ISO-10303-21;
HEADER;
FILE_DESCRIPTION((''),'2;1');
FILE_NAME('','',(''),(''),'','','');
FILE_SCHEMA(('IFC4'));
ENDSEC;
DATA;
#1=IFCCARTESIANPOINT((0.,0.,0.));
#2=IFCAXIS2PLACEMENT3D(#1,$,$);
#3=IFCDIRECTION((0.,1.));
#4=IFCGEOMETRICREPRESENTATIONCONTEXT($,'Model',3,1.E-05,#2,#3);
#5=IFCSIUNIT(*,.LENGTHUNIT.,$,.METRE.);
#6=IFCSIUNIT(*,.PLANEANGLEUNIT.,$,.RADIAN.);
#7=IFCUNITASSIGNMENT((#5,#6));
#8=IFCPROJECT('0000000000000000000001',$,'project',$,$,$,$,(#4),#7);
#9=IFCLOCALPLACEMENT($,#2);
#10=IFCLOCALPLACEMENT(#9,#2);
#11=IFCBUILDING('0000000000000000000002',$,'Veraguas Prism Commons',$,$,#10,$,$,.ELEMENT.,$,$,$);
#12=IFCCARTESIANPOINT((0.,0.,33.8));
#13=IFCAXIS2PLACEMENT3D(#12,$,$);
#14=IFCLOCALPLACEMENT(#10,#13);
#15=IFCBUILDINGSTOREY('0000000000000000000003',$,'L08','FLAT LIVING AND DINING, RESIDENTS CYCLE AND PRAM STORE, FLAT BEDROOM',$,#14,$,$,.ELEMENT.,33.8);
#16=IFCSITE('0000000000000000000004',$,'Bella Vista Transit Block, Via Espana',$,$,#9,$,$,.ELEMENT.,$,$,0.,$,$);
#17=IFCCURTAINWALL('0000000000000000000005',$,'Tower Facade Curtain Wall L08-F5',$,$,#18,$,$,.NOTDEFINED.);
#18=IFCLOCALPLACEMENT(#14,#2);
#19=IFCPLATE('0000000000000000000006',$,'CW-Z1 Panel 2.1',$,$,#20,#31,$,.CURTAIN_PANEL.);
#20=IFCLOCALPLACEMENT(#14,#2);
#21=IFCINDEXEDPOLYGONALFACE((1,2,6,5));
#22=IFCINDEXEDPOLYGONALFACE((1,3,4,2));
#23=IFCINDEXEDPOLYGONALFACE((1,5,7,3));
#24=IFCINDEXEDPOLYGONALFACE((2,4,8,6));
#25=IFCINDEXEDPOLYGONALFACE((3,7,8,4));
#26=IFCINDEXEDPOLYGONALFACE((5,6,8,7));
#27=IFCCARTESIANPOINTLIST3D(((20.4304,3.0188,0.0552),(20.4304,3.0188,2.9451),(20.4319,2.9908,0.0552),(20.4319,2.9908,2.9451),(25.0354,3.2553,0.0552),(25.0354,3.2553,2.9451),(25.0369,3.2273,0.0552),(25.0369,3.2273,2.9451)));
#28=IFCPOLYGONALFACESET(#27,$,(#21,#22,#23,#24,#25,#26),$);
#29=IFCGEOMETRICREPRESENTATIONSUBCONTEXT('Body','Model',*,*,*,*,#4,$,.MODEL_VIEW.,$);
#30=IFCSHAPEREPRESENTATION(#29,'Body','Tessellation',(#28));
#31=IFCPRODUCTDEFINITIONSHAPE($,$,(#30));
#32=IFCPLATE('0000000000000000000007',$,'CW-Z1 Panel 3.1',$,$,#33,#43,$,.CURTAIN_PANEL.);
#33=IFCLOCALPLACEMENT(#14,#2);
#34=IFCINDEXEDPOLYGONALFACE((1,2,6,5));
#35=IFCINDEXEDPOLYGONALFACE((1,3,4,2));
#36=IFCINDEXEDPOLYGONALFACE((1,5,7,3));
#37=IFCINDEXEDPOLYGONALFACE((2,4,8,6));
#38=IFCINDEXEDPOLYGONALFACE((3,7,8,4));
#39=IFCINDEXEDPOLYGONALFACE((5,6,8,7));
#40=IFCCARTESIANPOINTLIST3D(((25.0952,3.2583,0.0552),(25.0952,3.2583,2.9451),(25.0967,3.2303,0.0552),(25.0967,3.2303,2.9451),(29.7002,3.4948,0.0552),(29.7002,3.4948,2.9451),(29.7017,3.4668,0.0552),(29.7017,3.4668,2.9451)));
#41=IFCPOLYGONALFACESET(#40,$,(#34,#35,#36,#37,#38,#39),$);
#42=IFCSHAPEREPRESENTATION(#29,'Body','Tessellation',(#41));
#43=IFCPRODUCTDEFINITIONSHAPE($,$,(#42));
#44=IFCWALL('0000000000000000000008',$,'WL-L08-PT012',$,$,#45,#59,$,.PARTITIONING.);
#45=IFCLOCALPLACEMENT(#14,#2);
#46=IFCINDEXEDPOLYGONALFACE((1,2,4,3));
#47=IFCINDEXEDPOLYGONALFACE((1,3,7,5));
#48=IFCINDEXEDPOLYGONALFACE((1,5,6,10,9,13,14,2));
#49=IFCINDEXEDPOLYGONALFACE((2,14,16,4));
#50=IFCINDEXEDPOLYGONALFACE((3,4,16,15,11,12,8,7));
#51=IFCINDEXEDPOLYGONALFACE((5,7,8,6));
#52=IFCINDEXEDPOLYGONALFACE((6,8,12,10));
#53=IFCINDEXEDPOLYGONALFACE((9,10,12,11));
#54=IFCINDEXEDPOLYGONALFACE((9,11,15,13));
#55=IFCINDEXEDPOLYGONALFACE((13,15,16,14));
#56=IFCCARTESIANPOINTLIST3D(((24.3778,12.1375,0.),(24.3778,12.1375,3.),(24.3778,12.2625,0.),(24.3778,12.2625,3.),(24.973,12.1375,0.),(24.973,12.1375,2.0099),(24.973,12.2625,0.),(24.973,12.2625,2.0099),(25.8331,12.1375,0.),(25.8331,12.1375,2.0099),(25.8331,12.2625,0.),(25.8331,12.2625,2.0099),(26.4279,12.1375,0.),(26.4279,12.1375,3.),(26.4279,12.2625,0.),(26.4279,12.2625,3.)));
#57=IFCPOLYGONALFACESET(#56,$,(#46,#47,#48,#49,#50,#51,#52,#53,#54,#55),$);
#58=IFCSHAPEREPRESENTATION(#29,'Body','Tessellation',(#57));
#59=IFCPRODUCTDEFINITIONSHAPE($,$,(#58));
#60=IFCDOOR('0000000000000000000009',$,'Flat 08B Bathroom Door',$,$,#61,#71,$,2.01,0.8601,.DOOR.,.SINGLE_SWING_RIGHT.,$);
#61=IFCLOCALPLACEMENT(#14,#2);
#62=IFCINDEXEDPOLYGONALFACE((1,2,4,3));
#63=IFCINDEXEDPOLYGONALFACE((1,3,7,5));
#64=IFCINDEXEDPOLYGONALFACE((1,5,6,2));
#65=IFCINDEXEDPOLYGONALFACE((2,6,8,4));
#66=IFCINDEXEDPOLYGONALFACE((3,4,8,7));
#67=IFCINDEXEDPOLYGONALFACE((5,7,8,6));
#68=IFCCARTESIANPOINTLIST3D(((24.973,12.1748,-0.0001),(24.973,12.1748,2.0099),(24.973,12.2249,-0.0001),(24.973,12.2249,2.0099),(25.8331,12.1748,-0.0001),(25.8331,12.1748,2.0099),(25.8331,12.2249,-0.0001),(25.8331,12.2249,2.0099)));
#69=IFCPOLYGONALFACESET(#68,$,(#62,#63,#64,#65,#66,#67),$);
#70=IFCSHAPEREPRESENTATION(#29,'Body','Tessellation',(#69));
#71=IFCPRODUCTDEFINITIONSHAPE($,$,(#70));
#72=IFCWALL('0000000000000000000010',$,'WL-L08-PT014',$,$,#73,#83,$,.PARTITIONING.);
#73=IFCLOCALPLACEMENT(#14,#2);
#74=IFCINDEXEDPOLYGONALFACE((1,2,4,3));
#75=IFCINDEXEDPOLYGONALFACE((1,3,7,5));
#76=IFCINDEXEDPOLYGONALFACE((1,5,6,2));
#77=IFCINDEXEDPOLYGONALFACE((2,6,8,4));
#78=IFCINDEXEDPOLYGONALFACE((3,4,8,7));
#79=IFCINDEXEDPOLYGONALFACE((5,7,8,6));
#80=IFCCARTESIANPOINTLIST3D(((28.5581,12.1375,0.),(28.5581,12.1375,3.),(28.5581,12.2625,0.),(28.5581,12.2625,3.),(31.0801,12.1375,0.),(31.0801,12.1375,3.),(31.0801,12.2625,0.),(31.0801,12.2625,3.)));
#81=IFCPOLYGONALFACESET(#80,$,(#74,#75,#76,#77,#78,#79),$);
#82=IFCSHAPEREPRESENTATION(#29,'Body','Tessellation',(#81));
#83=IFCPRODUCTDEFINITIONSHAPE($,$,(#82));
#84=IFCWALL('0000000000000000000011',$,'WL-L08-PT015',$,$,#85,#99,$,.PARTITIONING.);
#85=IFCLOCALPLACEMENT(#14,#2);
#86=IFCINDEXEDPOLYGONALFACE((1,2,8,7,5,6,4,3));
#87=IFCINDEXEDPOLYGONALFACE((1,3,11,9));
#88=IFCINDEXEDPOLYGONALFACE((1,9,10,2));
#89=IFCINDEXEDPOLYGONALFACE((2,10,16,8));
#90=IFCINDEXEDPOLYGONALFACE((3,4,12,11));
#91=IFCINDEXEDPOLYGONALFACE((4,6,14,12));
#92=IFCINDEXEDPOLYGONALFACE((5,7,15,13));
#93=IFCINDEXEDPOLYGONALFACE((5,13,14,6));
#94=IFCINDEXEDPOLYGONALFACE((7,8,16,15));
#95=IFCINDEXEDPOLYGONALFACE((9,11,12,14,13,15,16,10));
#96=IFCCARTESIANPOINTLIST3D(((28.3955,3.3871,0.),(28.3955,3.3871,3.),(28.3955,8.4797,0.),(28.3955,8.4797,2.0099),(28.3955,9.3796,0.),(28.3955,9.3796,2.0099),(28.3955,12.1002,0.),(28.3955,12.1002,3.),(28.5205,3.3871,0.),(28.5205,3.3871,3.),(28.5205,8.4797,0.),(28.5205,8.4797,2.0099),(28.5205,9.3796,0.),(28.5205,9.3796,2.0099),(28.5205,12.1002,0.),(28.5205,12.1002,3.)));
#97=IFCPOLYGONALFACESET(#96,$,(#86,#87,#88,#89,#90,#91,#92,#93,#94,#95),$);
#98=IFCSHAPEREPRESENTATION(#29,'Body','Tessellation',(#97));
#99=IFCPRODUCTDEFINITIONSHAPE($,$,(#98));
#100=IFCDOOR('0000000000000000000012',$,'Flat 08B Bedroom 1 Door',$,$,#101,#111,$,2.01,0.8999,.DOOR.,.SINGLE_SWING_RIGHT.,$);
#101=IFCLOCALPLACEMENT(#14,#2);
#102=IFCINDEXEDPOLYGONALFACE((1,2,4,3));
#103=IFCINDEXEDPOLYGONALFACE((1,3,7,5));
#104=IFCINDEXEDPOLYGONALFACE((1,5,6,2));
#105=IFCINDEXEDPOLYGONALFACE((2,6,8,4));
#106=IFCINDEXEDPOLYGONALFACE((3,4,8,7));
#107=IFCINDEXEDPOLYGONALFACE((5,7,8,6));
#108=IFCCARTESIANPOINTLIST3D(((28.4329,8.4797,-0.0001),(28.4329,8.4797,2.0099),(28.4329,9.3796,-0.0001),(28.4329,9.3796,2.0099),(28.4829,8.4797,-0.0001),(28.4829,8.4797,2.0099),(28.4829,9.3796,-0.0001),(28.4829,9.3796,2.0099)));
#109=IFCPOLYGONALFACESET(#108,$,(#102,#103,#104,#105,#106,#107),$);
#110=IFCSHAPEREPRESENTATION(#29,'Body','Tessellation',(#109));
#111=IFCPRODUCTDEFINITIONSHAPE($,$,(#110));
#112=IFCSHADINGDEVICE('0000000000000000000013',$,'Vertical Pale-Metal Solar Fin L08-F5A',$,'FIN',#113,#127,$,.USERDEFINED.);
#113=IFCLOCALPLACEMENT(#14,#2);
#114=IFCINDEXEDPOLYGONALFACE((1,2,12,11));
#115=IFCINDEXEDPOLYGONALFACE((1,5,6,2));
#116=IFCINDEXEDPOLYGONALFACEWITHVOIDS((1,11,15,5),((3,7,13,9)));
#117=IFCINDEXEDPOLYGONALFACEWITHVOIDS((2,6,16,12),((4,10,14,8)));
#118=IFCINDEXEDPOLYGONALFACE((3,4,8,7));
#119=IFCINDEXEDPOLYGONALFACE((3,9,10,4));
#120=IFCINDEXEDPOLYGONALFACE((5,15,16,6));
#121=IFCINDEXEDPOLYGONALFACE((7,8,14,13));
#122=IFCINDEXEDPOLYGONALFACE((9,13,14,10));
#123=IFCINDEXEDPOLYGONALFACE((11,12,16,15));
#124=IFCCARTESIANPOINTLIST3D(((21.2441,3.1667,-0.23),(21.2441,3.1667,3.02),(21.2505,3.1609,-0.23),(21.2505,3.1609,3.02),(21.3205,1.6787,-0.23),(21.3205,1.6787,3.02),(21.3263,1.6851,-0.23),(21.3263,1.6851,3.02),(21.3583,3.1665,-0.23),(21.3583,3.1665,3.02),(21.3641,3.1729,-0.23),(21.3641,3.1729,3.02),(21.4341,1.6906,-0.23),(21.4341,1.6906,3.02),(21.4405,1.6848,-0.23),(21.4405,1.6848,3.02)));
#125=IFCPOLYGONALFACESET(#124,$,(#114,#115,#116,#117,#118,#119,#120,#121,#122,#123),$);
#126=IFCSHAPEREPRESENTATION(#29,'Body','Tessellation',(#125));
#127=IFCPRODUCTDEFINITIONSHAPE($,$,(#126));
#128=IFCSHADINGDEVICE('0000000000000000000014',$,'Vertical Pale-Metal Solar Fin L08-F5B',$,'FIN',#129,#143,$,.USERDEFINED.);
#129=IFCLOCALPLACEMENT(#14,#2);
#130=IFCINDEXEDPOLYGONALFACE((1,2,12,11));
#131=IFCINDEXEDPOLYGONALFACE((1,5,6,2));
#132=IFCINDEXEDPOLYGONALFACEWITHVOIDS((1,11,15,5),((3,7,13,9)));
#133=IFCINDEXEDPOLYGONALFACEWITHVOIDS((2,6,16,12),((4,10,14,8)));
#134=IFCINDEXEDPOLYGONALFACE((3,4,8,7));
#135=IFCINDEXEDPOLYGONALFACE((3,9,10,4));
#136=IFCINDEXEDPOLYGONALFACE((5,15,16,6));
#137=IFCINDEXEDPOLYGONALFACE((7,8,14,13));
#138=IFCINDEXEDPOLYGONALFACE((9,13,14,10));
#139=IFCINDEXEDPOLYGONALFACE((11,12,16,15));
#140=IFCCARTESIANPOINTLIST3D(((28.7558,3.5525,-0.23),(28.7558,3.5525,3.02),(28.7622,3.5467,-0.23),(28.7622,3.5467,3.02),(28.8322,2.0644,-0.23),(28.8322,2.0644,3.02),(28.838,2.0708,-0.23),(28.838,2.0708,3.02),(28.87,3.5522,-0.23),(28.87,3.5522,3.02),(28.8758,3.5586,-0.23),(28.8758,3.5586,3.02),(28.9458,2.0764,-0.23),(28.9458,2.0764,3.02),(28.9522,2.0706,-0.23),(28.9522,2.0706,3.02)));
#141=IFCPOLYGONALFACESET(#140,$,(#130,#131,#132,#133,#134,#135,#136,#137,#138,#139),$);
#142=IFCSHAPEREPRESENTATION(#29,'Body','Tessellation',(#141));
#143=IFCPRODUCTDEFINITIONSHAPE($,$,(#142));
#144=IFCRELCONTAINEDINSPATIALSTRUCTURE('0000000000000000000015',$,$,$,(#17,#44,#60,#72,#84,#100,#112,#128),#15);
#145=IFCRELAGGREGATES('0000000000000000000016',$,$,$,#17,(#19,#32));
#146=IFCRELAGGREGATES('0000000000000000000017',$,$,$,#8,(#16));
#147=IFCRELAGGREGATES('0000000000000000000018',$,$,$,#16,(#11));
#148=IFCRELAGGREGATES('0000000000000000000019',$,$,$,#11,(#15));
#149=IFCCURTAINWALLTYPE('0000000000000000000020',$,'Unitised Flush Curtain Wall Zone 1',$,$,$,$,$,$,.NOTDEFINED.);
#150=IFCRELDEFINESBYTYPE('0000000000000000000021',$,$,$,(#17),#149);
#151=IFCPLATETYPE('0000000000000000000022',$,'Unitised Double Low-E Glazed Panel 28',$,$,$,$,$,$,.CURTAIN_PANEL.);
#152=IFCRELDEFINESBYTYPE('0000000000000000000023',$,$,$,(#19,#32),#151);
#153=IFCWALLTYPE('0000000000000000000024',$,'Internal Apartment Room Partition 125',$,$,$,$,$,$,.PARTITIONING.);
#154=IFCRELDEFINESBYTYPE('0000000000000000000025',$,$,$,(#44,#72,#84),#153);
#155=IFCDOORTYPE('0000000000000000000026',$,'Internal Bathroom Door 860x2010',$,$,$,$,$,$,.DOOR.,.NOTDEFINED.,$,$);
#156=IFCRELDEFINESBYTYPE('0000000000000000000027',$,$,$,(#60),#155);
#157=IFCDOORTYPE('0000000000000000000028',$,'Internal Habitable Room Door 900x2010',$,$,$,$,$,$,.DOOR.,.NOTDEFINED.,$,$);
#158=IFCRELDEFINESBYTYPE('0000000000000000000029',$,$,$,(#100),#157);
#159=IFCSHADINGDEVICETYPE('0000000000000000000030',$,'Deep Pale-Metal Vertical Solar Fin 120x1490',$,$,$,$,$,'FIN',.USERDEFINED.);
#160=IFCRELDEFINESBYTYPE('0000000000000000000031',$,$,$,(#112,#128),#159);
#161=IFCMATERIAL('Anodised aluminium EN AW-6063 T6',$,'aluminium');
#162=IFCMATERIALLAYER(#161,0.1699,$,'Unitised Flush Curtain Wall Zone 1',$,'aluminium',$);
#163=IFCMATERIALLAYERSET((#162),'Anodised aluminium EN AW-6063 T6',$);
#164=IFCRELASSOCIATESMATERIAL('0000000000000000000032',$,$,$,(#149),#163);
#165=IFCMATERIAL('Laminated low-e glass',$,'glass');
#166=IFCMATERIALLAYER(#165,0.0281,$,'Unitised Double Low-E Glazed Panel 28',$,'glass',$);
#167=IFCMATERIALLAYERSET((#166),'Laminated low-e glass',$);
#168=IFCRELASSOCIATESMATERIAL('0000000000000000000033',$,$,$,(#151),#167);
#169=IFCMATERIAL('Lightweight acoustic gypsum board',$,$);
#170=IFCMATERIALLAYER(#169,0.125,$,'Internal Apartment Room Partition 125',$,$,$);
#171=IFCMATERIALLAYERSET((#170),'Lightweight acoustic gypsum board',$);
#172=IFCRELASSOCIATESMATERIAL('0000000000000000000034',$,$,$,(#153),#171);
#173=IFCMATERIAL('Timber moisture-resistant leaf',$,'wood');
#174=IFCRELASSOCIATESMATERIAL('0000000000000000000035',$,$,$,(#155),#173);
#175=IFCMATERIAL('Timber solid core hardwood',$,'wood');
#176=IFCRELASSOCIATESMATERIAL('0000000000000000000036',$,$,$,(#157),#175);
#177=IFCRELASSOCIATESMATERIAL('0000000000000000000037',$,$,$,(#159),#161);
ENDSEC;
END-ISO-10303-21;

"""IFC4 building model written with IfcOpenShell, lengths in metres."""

from ifc_helpers import new_model, si_unit, direction, frame, frame_2d, origin, origin_2d, place, context, subcontext, project, spatial, rectangle, hollow_rectangle, extrude, source, transform, mapped, material, layer, layer_set, material_profile, profile_set, type_object, element, fill, aggregate, save


model = new_model("IFC4")

# Units and contexts
model_context = context("Model", 3, precision=1e-05, world=origin(), true_north=direction((0.0, 1.0)))
body_context = subcontext(model_context, "Body", "Model", "MODEL_VIEW")
ifc_project = project(units=[si_unit("LENGTHUNIT", "METRE"), si_unit("PLANEANGLEUNIT", "RADIAN")], contexts=[model_context])

# Site, building, storey
site_placement = place(None, origin())
site = spatial("IfcSite", under=ifc_project, at=site_placement, Name="Bella Vista Transit Block, Via Espana", CompositionType="ELEMENT", RefElevation=0.0)
building_placement = place(site_placement, origin())
building = spatial("IfcBuilding", under=site, at=building_placement, Name="Veraguas Prism Commons", CompositionType="ELEMENT")
storey_placement = place(building_placement, frame((0.0, 0.0, 33.8)))
storey = spatial("IfcBuildingStorey", under=building, at=storey_placement, Name="L08", Description="FLAT LIVING AND DINING, RESIDENTS CYCLE AND PRAM STORE, FLAT BEDROOM", CompositionType="ELEMENT", Elevation=33.8)

# Curtain wall, plates
ifc_material_1 = material(Name="Anodised aluminium EN AW-6063 T6", Category="aluminium")
ifc_layer_1 = layer(ifc_material_1, 0.1699, Name="Unitised Flush Curtain Wall Zone 1", Category="aluminium")
ifc_layer_set_1 = layer_set([ifc_layer_1], Name="Anodised aluminium EN AW-6063 T6")
curtain_wall_type = type_object("IfcCurtainWallType", Name="Unitised Flush Curtain Wall Zone 1", PredefinedType="NOTDEFINED", material=ifc_layer_set_1)
curtain_wall_placement = place(storey_placement, origin())
curtain_wall = element("IfcCurtainWall", 1, at=curtain_wall_placement, inside=storey, type_object=curtain_wall_type, Name="Tower Facade Curtain Wall L08-F5", PredefinedType="NOTDEFINED")
ifc_material_2 = material(Name="Laminated low-e glass", Category="glass")
ifc_layer_2 = layer(ifc_material_2, 0.0281, Name="Unitised Double Low-E Glazed Panel 28", Category="glass")
ifc_layer_set_2 = layer_set([ifc_layer_2], Name="Laminated low-e glass")
plate_type = type_object("IfcPlateType", Name="Unitised Double Low-E Glazed Panel 28", PredefinedType="CURTAIN_PANEL", material=ifc_layer_set_2)
shared_shape_1 = source(origin(), body_context, "Body", "SweptSolid", [
    extrude(rectangle(XDim=4.6111, YDim=0.0281, at=origin_2d()), origin(), (0.0, 0.0, 1.0), 2.8899),
])
plate_1_placement = place(storey_placement, frame((22.7336, 3.123, 0.0552), z_axis=(0.0, 0.0, 1.0), x_axis=(0.998684, 0.05129, 0.0)))
plate_1 = element("IfcPlate", 2, at=plate_1_placement, type_object=plate_type, Name="CW-Z1 Panel 2.1", PredefinedType="CURTAIN_PANEL", context=body_context, shape_type="MappedRepresentation", body=[
    mapped(shared_shape_1, transform((0.0, 0.0, 0.0), scale=1.0)),
])
plate_2_placement = place(storey_placement, frame((27.3984, 3.3625, 0.0552), z_axis=(0.0, 0.0, 1.0), x_axis=(0.998684, 0.05129, 0.0)))
plate_2 = element("IfcPlate", 3, at=plate_2_placement, type_object=plate_type, Name="CW-Z1 Panel 3.1", PredefinedType="CURTAIN_PANEL", context=body_context, shape_type="MappedRepresentation", body=[
    mapped(shared_shape_1, transform((0.0, 0.0, 0.0), scale=1.0)),
])
aggregate(curtain_wall, [plate_1, plate_2])

# Wall, opening, door
ifc_material_3 = material(Name="Lightweight acoustic gypsum board")
ifc_layer_3 = layer(ifc_material_3, 0.125, Name="Internal Apartment Room Partition 125")
ifc_layer_set_3 = layer_set([ifc_layer_3], Name="Lightweight acoustic gypsum board")
wall_type = type_object("IfcWallType", Name="Internal Apartment Room Partition 125", PredefinedType="PARTITIONING", material=ifc_layer_set_3)
wall_1_placement = place(storey_placement, frame((24.3779, 12.2, 0.0), z_axis=(0.0, 0.0, 1.0), x_axis=(1.0, 0.0, 0.0)))
wall_1 = element("IfcWall", 4, at=wall_1_placement, inside=storey, type_object=wall_type, Name="WL-L08-PT012", PredefinedType="PARTITIONING", context=body_context, shape_type="SweptSolid", body=[
    extrude(rectangle(XDim=2.05, YDim=0.125, at=frame_2d((1.0249, 0.0))), origin(), (0.0, 0.0, 1.0), 3.0),
])
opening_1_placement = place(wall_1_placement, frame((0.595, 0.0, 0.0)))
opening_1 = element("IfcOpeningElement", 5, at=opening_1_placement, cuts=wall_1, PredefinedType="OPENING", context=body_context, shape_type="SweptSolid", body=[
    extrude(rectangle(XDim=0.8601, YDim=2.01, at=frame_2d((0.4302, 1.0049))), frame((0.0, 0.0725, 0.0), z_axis=(0.0, -1.0, 0.0), x_axis=(1.0, 0.0, 0.0)), (0.0, 0.0, 1.0), 0.145),
])
ifc_material_4 = material(Name="Timber moisture-resistant leaf", Category="wood")
door_type_1 = type_object("IfcDoorType", Name="Internal Bathroom Door 860x2010", OperationType="NOTDEFINED", PredefinedType="DOOR", material=ifc_material_4)
shared_shape_2 = source(origin(), body_context, "Body", "SweptSolid", [
    extrude(rectangle(XDim=0.8601, YDim=2.01, at=frame_2d((0.4302, 1.0049))), frame((0.0, 0.0249, 0.0), z_axis=(0.0, -1.0, 0.0), x_axis=(1.0, 0.0, 0.0)), (0.0, 0.0, 1.0), 0.05),
])
door_1_placement = place(opening_1_placement, origin())
door_1 = element("IfcDoor", 6, at=door_1_placement, inside=storey, type_object=door_type_1, Name="Flat 08B Bathroom Door", OperationType="SINGLE_SWING_RIGHT", OverallHeight=2.01, OverallWidth=0.8601, PredefinedType="DOOR", context=body_context, shape_type="MappedRepresentation", body=[
    mapped(shared_shape_2, transform((0.0, 0.0, 0.0), scale=1.0)),
])
fill(opening_1, door_1)

# Wall
wall_2_placement = place(storey_placement, frame((28.5581, 12.2, 0.0), z_axis=(0.0, 0.0, 1.0), x_axis=(1.0, 0.0, 0.0)))
element("IfcWall", 7, at=wall_2_placement, inside=storey, type_object=wall_type, Name="WL-L08-PT014", PredefinedType="PARTITIONING", context=body_context, shape_type="SweptSolid", body=[
    extrude(rectangle(XDim=2.522, YDim=0.125, at=frame_2d((1.261, 0.0))), origin(), (0.0, 0.0, 1.0), 3.0),
])

# Wall, opening, door
wall_3_placement = place(storey_placement, frame((28.458, 12.1001, 0.0), z_axis=(0.0, 0.0, 1.0), x_axis=(0.0, -1.0, 0.0)))
wall_3 = element("IfcWall", 8, at=wall_3_placement, inside=storey, type_object=wall_type, Name="WL-L08-PT015", PredefinedType="PARTITIONING", context=body_context, shape_type="SweptSolid", body=[
    extrude(rectangle(XDim=8.7131, YDim=0.125, at=frame_2d((4.3564, 0.0))), origin(), (0.0, 0.0, 1.0), 3.0),
])
opening_2_placement = place(wall_3_placement, frame((2.7205, 0.0, 0.0)))
opening_2 = element("IfcOpeningElement", 9, at=opening_2_placement, cuts=wall_3, PredefinedType="OPENING", context=body_context, shape_type="SweptSolid", body=[
    extrude(rectangle(XDim=0.8999, YDim=2.01, at=frame_2d((0.45, 1.0049))), frame((0.0, 0.0725, 0.0), z_axis=(0.0, -1.0, 0.0), x_axis=(1.0, 0.0, 0.0)), (0.0, 0.0, 1.0), 0.145),
])
ifc_material_5 = material(Name="Timber solid core hardwood", Category="wood")
door_type_2 = type_object("IfcDoorType", Name="Internal Habitable Room Door 900x2010", OperationType="NOTDEFINED", PredefinedType="DOOR", material=ifc_material_5)
shared_shape_3 = source(origin(), body_context, "Body", "SweptSolid", [
    extrude(rectangle(XDim=0.8999, YDim=2.01, at=frame_2d((0.45, 1.0049))), frame((0.0, 0.0249, 0.0), z_axis=(0.0, -1.0, 0.0), x_axis=(1.0, 0.0, 0.0)), (0.0, 0.0, 1.0), 0.05),
])
door_2_placement = place(opening_2_placement, origin())
door_2 = element("IfcDoor", 10, at=door_2_placement, inside=storey, type_object=door_type_2, Name="Flat 08B Bedroom 1 Door", OperationType="SINGLE_SWING_RIGHT", OverallHeight=2.01, OverallWidth=0.8999, PredefinedType="DOOR", context=body_context, shape_type="MappedRepresentation", body=[
    mapped(shared_shape_3, transform((0.0, 0.0, 0.0), scale=1.0)),
])
fill(opening_2, door_2)

# Shading devices
ifc_material_profile_1 = material_profile(ifc_material_1, hollow_rectangle(XDim=0.1201, YDim=1.49, WallThickness=0.0061, at=origin_2d()), Name="FIN120X1490X6")
ifc_profile_set_1 = profile_set([ifc_material_profile_1], Name="Anodised aluminium EN AW-6063 T6")
shading_device_type = type_object("IfcShadingDeviceType", Name="Deep Pale-Metal Vertical Solar Fin 120x1490", ElementType="FIN", PredefinedType="USERDEFINED", material=ifc_profile_set_1)
for number, where, z_axis, x_axis, name in (
    (11, (21.3423, 2.4258, -0.23), (0.0, 0.0, 1.0), (0.998684, 0.051292, 0.0), "Vertical Pale-Metal Solar Fin L08-F5A"),
    (12, (28.854, 2.8115, -0.23), (0.0, 0.0, 1.0), (0.998684, 0.051292, 0.0), "Vertical Pale-Metal Solar Fin L08-F5B"),
):
    element("IfcShadingDevice", number, at=place(storey_placement, frame(where, z_axis=z_axis, x_axis=x_axis)), inside=storey, type_object=shading_device_type, Name=name, ObjectType="FIN", PredefinedType="USERDEFINED", context=body_context, shape_type="SweptSolid", body=[
        extrude(hollow_rectangle(XDim=0.1201, YDim=1.49, WallThickness=0.0061, at=origin_2d()), origin(), (0.0, 0.0, 1.0), 3.25),
    ])

save(model, "model.ifc")
